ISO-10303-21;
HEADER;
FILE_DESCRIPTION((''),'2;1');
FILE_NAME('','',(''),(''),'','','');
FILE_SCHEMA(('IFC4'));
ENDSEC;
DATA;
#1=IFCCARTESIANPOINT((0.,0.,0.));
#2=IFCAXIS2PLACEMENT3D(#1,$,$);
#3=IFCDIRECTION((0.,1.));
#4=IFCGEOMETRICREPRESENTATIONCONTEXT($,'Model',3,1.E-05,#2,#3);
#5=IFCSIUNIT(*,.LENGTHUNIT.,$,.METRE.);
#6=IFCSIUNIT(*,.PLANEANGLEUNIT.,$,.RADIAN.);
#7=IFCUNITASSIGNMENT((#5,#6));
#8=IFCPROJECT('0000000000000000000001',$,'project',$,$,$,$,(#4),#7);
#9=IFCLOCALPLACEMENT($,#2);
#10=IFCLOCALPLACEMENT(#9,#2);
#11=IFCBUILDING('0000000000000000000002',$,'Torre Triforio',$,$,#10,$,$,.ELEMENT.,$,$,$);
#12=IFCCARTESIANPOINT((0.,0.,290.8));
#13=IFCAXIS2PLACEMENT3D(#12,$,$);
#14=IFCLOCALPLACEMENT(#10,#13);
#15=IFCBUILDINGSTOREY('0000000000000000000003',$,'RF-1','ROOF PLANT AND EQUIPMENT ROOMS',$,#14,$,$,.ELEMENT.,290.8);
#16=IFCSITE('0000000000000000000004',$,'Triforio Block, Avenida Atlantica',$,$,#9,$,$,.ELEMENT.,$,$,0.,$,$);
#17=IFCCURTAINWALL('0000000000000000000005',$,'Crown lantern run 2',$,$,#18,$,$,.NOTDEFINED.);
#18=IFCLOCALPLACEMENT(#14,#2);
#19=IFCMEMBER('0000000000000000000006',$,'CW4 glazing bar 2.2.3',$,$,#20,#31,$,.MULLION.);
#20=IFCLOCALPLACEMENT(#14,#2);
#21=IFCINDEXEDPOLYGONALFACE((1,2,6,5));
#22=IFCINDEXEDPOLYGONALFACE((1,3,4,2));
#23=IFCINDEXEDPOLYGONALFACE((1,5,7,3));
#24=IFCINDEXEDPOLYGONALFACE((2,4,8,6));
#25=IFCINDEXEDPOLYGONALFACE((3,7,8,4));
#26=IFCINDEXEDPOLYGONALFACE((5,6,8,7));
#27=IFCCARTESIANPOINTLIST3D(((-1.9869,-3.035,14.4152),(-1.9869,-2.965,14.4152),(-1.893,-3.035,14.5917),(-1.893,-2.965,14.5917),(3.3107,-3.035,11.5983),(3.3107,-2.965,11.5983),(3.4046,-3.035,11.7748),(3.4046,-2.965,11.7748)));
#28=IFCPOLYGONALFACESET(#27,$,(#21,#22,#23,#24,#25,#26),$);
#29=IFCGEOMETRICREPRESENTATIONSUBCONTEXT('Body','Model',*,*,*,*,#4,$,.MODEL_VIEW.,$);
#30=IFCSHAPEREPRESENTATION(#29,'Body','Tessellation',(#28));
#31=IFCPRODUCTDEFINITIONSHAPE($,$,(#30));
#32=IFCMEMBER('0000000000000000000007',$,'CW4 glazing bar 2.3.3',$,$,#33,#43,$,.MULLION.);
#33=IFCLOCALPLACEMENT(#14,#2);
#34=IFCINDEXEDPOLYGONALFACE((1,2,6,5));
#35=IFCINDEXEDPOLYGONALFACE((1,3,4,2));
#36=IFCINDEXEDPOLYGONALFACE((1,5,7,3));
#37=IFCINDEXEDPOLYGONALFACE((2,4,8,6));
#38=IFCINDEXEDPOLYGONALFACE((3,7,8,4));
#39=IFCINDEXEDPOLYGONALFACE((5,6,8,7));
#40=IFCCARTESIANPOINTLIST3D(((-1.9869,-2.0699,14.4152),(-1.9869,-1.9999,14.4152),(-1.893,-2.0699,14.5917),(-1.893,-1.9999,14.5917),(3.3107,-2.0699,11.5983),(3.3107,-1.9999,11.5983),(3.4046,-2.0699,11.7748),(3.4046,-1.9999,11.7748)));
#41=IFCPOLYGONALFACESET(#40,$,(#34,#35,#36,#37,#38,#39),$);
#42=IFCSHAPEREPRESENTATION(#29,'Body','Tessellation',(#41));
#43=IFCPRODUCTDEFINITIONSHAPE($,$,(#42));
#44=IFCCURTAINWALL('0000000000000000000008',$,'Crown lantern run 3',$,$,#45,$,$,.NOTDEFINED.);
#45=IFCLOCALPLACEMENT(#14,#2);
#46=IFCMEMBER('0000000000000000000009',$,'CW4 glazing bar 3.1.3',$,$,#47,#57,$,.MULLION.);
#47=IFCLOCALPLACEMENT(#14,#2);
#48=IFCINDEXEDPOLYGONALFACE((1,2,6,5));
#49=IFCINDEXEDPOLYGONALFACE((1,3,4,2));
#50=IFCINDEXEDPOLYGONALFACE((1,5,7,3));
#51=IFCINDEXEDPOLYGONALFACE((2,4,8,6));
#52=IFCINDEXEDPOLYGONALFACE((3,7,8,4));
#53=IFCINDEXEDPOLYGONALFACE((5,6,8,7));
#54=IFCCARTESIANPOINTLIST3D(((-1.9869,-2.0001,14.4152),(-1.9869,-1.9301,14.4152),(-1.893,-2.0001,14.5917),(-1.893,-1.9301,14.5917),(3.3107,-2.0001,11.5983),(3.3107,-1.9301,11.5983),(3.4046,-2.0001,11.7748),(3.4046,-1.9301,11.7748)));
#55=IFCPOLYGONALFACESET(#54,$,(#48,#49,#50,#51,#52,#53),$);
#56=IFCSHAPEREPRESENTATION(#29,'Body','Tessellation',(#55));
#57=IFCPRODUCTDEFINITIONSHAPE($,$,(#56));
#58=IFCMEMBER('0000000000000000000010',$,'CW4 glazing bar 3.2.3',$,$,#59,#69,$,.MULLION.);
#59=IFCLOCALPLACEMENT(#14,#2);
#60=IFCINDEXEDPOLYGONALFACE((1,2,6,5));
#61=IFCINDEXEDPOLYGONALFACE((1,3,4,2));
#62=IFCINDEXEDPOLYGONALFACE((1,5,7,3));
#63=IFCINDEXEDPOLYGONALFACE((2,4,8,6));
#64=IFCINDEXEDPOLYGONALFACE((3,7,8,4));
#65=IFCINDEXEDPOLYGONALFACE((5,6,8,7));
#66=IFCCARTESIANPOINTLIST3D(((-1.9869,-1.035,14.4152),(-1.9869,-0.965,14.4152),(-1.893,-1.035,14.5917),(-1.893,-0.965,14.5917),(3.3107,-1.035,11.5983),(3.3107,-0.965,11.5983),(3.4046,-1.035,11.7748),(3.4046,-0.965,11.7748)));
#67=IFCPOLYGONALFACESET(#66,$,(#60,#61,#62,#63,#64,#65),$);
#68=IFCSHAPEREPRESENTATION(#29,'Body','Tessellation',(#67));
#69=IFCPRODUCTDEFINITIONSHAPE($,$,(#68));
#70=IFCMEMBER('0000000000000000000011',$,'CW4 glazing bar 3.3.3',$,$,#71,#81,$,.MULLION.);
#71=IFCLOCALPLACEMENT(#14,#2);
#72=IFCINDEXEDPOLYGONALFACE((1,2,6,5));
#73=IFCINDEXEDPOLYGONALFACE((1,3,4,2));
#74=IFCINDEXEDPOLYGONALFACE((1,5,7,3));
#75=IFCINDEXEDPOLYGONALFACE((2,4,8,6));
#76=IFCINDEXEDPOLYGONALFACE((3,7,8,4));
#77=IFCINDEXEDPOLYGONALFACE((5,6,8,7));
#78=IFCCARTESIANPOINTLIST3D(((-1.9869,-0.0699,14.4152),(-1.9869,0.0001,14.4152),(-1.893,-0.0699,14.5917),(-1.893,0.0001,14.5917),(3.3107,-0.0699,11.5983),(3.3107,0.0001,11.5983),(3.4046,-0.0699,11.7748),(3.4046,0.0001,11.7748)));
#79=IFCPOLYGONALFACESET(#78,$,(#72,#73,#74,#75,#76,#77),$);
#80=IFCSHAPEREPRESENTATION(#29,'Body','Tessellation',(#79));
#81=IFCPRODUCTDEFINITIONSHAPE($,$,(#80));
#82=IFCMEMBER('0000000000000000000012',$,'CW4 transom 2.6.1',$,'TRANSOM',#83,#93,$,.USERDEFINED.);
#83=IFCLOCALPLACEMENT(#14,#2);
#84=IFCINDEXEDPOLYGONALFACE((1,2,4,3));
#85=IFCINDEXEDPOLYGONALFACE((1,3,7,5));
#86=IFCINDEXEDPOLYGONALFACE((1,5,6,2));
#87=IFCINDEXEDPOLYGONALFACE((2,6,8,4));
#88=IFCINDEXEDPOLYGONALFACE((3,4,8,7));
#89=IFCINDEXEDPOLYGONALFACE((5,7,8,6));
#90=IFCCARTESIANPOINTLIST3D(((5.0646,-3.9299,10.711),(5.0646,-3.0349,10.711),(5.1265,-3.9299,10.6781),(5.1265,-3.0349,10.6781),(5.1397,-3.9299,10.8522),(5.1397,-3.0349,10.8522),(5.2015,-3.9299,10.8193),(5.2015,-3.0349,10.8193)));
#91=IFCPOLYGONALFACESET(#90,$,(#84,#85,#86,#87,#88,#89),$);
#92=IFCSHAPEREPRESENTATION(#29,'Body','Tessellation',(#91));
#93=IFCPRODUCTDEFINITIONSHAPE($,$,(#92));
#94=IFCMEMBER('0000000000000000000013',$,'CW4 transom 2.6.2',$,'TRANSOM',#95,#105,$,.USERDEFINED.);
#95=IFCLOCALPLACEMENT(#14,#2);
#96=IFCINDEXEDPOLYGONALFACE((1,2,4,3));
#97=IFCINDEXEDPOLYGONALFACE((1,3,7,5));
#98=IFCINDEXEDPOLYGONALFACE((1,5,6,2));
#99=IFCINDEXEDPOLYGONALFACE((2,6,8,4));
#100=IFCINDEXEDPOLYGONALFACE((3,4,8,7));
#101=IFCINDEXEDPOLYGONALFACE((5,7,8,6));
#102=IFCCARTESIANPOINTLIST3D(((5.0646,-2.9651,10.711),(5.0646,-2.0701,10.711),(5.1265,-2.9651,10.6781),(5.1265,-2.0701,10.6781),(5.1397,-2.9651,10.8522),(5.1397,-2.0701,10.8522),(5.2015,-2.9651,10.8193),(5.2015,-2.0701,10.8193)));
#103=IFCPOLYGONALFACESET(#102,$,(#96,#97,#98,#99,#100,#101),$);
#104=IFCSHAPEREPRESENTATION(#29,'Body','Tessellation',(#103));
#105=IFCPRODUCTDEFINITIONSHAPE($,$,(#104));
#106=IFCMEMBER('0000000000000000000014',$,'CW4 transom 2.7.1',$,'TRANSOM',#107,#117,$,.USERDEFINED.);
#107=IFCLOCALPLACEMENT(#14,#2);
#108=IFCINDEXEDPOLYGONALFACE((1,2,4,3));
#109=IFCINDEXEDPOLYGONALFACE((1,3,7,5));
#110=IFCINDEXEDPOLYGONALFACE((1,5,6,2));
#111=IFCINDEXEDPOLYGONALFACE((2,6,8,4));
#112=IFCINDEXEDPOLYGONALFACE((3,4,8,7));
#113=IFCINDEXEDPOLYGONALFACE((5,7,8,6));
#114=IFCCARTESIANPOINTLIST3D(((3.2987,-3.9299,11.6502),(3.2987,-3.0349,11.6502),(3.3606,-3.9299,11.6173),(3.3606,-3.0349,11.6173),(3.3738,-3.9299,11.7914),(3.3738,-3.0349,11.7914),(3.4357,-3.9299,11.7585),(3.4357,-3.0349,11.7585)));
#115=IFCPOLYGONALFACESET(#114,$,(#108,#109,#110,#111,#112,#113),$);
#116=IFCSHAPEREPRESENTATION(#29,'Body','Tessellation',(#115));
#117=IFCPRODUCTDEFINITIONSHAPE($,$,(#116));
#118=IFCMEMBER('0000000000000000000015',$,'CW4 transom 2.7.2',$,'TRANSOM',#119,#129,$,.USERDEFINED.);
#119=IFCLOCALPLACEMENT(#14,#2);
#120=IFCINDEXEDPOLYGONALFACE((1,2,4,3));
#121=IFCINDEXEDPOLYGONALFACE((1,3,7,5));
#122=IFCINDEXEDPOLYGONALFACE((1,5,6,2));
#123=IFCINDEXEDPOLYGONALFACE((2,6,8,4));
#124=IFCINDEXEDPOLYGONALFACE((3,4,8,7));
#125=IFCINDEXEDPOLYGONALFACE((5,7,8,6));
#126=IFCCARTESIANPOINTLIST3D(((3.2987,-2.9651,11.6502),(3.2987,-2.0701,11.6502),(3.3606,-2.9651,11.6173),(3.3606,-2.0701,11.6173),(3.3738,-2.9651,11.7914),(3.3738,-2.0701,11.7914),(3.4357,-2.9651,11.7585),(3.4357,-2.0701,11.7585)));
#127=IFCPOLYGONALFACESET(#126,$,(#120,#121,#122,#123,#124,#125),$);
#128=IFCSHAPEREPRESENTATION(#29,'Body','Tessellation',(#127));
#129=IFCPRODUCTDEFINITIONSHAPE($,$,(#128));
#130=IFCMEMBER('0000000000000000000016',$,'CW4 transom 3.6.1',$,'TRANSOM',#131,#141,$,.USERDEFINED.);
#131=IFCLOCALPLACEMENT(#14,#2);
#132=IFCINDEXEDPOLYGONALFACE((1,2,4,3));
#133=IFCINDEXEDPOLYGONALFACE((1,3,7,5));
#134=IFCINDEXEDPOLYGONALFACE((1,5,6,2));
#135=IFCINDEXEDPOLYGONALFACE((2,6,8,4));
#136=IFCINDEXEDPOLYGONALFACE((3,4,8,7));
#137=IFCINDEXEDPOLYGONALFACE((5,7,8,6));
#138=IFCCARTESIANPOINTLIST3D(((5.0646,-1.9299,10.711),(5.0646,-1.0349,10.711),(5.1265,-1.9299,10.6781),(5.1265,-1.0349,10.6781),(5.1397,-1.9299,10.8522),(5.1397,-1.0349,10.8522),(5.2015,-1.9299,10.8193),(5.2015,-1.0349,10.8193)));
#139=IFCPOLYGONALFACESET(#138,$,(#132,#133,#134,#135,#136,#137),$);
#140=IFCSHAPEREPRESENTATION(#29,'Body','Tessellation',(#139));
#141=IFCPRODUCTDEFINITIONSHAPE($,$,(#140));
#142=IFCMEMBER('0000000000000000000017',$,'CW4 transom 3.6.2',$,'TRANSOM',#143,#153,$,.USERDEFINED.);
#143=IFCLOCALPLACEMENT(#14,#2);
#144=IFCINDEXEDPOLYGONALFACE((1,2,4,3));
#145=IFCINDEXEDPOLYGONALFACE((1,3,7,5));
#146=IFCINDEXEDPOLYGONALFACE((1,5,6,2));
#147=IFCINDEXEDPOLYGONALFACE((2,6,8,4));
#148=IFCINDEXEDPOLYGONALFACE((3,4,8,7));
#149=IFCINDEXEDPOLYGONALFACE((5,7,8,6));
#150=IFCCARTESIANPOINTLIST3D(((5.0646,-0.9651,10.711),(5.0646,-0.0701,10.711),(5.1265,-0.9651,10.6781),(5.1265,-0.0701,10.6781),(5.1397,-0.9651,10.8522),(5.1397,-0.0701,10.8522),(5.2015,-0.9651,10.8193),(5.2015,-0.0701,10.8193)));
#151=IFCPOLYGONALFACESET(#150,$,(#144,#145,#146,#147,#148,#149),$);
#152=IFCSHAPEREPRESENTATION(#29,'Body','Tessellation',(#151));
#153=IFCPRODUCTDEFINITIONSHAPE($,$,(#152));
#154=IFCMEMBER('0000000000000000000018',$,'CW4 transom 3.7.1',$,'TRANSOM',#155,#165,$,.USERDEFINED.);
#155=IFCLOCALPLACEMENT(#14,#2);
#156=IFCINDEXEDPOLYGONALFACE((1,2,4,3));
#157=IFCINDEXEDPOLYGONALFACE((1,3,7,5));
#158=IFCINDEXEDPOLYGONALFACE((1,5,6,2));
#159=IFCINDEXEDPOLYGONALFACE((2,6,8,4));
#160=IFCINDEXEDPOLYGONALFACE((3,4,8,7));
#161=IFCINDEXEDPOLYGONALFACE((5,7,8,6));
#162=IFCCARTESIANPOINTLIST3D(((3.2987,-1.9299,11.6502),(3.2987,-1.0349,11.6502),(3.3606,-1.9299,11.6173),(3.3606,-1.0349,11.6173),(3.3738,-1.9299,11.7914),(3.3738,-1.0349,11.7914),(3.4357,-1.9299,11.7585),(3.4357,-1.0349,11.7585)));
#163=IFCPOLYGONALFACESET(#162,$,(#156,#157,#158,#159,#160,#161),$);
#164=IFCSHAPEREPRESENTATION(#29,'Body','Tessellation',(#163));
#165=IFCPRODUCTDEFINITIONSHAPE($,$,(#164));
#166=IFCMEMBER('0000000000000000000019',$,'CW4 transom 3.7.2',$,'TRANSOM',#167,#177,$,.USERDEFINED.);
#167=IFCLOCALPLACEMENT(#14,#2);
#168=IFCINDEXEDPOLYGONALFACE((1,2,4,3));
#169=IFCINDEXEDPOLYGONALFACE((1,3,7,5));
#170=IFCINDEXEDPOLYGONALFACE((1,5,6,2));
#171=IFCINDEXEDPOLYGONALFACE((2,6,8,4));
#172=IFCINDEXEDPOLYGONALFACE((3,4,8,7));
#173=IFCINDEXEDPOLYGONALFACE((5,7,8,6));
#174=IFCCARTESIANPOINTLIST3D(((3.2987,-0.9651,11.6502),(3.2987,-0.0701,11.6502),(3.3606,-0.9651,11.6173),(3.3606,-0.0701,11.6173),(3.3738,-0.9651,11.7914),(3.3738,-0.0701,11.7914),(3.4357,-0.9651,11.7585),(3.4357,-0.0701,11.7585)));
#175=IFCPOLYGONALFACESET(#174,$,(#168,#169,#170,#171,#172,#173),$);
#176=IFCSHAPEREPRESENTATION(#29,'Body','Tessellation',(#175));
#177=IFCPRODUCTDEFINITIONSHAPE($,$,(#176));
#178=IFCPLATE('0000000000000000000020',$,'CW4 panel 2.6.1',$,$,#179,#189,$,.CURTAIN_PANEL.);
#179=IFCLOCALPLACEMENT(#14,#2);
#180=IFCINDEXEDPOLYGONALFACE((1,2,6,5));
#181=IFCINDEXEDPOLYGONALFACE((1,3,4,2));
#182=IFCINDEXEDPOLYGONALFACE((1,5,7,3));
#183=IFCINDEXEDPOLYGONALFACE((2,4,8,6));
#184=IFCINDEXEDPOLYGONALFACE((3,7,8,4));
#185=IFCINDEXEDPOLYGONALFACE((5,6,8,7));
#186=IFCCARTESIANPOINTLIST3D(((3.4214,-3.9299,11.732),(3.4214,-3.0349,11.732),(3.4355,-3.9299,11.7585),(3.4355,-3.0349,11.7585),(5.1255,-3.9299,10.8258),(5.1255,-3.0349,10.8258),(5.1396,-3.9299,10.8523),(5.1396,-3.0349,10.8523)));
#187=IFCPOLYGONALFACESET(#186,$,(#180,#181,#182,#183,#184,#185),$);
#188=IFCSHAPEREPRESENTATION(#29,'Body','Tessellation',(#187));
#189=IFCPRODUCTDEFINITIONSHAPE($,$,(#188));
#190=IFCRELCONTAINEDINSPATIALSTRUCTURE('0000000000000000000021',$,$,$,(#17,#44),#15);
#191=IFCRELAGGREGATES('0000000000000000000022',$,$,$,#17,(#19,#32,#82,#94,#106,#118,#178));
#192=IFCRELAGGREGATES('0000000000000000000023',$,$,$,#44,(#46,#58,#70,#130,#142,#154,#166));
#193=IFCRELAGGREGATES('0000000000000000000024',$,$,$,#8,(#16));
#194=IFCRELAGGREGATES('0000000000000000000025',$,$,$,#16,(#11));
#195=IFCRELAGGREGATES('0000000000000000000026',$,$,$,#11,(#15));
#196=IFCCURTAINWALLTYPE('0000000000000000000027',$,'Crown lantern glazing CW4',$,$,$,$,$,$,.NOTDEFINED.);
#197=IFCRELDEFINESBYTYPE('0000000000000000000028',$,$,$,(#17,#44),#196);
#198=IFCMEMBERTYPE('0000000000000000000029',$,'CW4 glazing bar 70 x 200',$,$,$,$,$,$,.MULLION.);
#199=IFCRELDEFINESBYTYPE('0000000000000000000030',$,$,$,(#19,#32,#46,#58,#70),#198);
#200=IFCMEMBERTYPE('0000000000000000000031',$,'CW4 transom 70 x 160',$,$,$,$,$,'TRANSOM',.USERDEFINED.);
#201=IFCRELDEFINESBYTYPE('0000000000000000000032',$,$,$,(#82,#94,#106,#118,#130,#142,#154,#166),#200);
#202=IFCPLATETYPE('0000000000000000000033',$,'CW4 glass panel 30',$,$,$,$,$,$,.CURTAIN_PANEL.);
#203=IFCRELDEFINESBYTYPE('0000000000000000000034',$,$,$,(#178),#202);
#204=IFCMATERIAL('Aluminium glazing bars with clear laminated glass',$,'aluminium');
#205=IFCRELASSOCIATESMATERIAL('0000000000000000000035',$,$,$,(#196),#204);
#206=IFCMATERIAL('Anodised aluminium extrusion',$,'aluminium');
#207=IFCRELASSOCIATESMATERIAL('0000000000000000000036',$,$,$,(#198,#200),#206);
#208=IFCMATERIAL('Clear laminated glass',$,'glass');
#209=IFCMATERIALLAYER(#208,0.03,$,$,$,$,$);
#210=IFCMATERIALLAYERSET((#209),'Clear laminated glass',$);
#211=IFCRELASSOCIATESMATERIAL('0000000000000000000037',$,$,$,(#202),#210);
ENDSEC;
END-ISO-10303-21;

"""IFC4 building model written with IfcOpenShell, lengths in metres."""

from ifc_helpers import new_model, si_unit, direction, frame, origin, origin_2d, place, context, subcontext, project, spatial, polyline, rectangle, outline, extrude, material, layer, layer_set, material_profile, profile_set, type_object, element, aggregate, save


model = new_model("IFC4")

# Units and contexts
model_context = context("Model", 3, precision=1e-05, world=origin(), true_north=direction((0.0, 1.0)))
body_context = subcontext(model_context, "Body", "Model", "MODEL_VIEW")
ifc_project = project(units=[si_unit("LENGTHUNIT", "METRE"), si_unit("PLANEANGLEUNIT", "RADIAN")], contexts=[model_context])

# Site, building, storey
site_placement = place(None, origin())
site = spatial("IfcSite", under=ifc_project, at=site_placement, Name="Triforio Block, Avenida Atlantica", CompositionType="ELEMENT", RefElevation=0.0)
building_placement = place(site_placement, origin())
building = spatial("IfcBuilding", under=site, at=building_placement, Name="Torre Triforio", CompositionType="ELEMENT")
storey_placement = place(building_placement, frame((0.0, 0.0, 290.8)))
storey = spatial("IfcBuildingStorey", under=building, at=storey_placement, Name="RF-1", Description="ROOF PLANT AND EQUIPMENT ROOMS", CompositionType="ELEMENT", Elevation=290.8)

# Curtain walls, members
ifc_material_1 = material(Name="Aluminium glazing bars with clear laminated glass", Category="aluminium")
curtain_wall_type = type_object("IfcCurtainWallType", Name="Crown lantern glazing CW4", PredefinedType="NOTDEFINED", material=ifc_material_1)
curtain_wall_1_placement = place(storey_placement, origin())
curtain_wall_1 = element("IfcCurtainWall", 1, at=curtain_wall_1_placement, inside=storey, type_object=curtain_wall_type, Name="Crown lantern run 2", PredefinedType="NOTDEFINED")
ifc_material_2 = material(Name="Anodised aluminium extrusion", Category="aluminium")
ifc_material_profile_1 = material_profile(ifc_material_2, rectangle(XDim=0.0701, YDim=0.2, at=origin_2d()), Name="CW4 MULLION 70x200")
ifc_profile_set_1 = profile_set([ifc_material_profile_1], Name="Anodised aluminium extrusion")
member_type_1 = type_object("IfcMemberType", Name="CW4 glazing bar 70 x 200", PredefinedType="MULLION", material=ifc_profile_set_1)
member_1_placement = place(storey_placement, frame((3.3577, -3.0, 11.6865), z_axis=(-0.88294, 0.0, 0.469485), x_axis=(0.0, -1.0, 0.0)))
member_1 = element("IfcMember", 2, at=member_1_placement, type_object=member_type_1, Name="CW4 glazing bar 2.2.3", PredefinedType="MULLION", context=body_context, shape_type="SweptSolid", body=[
    extrude(rectangle(XDim=0.0701, YDim=0.2, at=origin_2d()), origin(), (0.0, 0.0, 1.0), 6.0),
])
member_2_placement = place(storey_placement, frame((3.3577, -2.0349, 11.6865), z_axis=(-0.88294, 0.0, 0.469485), x_axis=(0.0, -1.0, 0.0)))
member_2 = element("IfcMember", 3, at=member_2_placement, type_object=member_type_1, Name="CW4 glazing bar 2.3.3", PredefinedType="MULLION", context=body_context, shape_type="SweptSolid", body=[
    extrude(rectangle(XDim=0.0701, YDim=0.2, at=origin_2d()), origin(), (0.0, 0.0, 1.0), 6.0),
])
curtain_wall_2_placement = place(storey_placement, origin())
curtain_wall_2 = element("IfcCurtainWall", 4, at=curtain_wall_2_placement, inside=storey, type_object=curtain_wall_type, Name="Crown lantern run 3", PredefinedType="NOTDEFINED")
member_3_placement = place(storey_placement, frame((3.3577, -1.9651, 11.6865), z_axis=(-0.88294, 0.0, 0.469485), x_axis=(0.0, -1.0, 0.0)))
member_3 = element("IfcMember", 5, at=member_3_placement, type_object=member_type_1, Name="CW4 glazing bar 3.1.3", PredefinedType="MULLION", context=body_context, shape_type="SweptSolid", body=[
    extrude(rectangle(XDim=0.0701, YDim=0.2, at=origin_2d()), origin(), (0.0, 0.0, 1.0), 6.0),
])
member_4_placement = place(storey_placement, frame((3.3577, -1.0, 11.6865), z_axis=(-0.88294, 0.0, 0.469485), x_axis=(0.0, -1.0, 0.0)))
member_4 = element("IfcMember", 6, at=member_4_placement, type_object=member_type_1, Name="CW4 glazing bar 3.2.3", PredefinedType="MULLION", context=body_context, shape_type="SweptSolid", body=[
    extrude(rectangle(XDim=0.0701, YDim=0.2, at=origin_2d()), origin(), (0.0, 0.0, 1.0), 6.0),
])
member_5_placement = place(storey_placement, frame((3.3577, -0.0349, 11.6865), z_axis=(-0.88294, 0.0, 0.469485), x_axis=(0.0, -1.0, 0.0)))
member_5 = element("IfcMember", 7, at=member_5_placement, type_object=member_type_1, Name="CW4 glazing bar 3.3.3", PredefinedType="MULLION", context=body_context, shape_type="SweptSolid", body=[
    extrude(rectangle(XDim=0.0701, YDim=0.2, at=origin_2d()), origin(), (0.0, 0.0, 1.0), 6.0),
])

# Members
ifc_material_profile_2 = material_profile(ifc_material_2, rectangle(XDim=0.0701, YDim=0.1599, at=origin_2d()), Name="CW4 TRANSOM 70x160")
ifc_profile_set_2 = profile_set([ifc_material_profile_2], Name="Anodised aluminium extrusion")
member_type_2 = type_object("IfcMemberType", Name="CW4 transom 70 x 160", ElementType="TRANSOM", PredefinedType="USERDEFINED", material=ifc_profile_set_2)
member_6_placement = place(storey_placement, frame((5.1331, -3.9299, 10.7651), z_axis=(0.0, 1.0, 0.0), x_axis=(-0.882948, 0.0, 0.469472)))
member_6 = element("IfcMember", 8, at=member_6_placement, type_object=member_type_2, Name="CW4 transom 2.6.1", ObjectType="TRANSOM", PredefinedType="USERDEFINED", context=body_context, shape_type="SweptSolid", body=[
    extrude(rectangle(XDim=0.0701, YDim=0.1599, at=origin_2d()), origin(), (0.0, 0.0, 1.0), 0.895),
])
member_7_placement = place(storey_placement, frame((5.1331, -2.9651, 10.7651), z_axis=(0.0, 1.0, 0.0), x_axis=(-0.882948, 0.0, 0.469472)))
member_7 = element("IfcMember", 9, at=member_7_placement, type_object=member_type_2, Name="CW4 transom 2.6.2", ObjectType="TRANSOM", PredefinedType="USERDEFINED", context=body_context, shape_type="SweptSolid", body=[
    extrude(rectangle(XDim=0.0701, YDim=0.1599, at=origin_2d()), origin(), (0.0, 0.0, 1.0), 0.895),
])
member_8_placement = place(storey_placement, frame((3.3672, -3.9299, 11.7043), z_axis=(0.0, 1.0, 0.0), x_axis=(-0.882948, 0.0, 0.469472)))
member_8 = element("IfcMember", 10, at=member_8_placement, type_object=member_type_2, Name="CW4 transom 2.7.1", ObjectType="TRANSOM", PredefinedType="USERDEFINED", context=body_context, shape_type="SweptSolid", body=[
    extrude(rectangle(XDim=0.0701, YDim=0.1599, at=origin_2d()), origin(), (0.0, 0.0, 1.0), 0.895),
])
member_9_placement = place(storey_placement, frame((3.3672, -2.9651, 11.7043), z_axis=(0.0, 1.0, 0.0), x_axis=(-0.882948, 0.0, 0.469472)))
member_9 = element("IfcMember", 11, at=member_9_placement, type_object=member_type_2, Name="CW4 transom 2.7.2", ObjectType="TRANSOM", PredefinedType="USERDEFINED", context=body_context, shape_type="SweptSolid", body=[
    extrude(rectangle(XDim=0.0701, YDim=0.1599, at=origin_2d()), origin(), (0.0, 0.0, 1.0), 0.895),
])
member_10_placement = place(storey_placement, frame((5.1331, -1.9299, 10.7651), z_axis=(0.0, 1.0, 0.0), x_axis=(-0.882948, 0.0, 0.469472)))
member_10 = element("IfcMember", 12, at=member_10_placement, type_object=member_type_2, Name="CW4 transom 3.6.1", ObjectType="TRANSOM", PredefinedType="USERDEFINED", context=body_context, shape_type="SweptSolid", body=[
    extrude(rectangle(XDim=0.0701, YDim=0.1599, at=origin_2d()), origin(), (0.0, 0.0, 1.0), 0.895),
])
member_11_placement = place(storey_placement, frame((5.1331, -0.9651, 10.7651), z_axis=(0.0, 1.0, 0.0), x_axis=(-0.882948, 0.0, 0.469472)))
member_11 = element("IfcMember", 13, at=member_11_placement, type_object=member_type_2, Name="CW4 transom 3.6.2", ObjectType="TRANSOM", PredefinedType="USERDEFINED", context=body_context, shape_type="SweptSolid", body=[
    extrude(rectangle(XDim=0.0701, YDim=0.1599, at=origin_2d()), origin(), (0.0, 0.0, 1.0), 0.895),
])
member_12_placement = place(storey_placement, frame((3.3672, -1.9299, 11.7043), z_axis=(0.0, 1.0, 0.0), x_axis=(-0.882948, 0.0, 0.469472)))
member_12 = element("IfcMember", 14, at=member_12_placement, type_object=member_type_2, Name="CW4 transom 3.7.1", ObjectType="TRANSOM", PredefinedType="USERDEFINED", context=body_context, shape_type="SweptSolid", body=[
    extrude(rectangle(XDim=0.0701, YDim=0.1599, at=origin_2d()), origin(), (0.0, 0.0, 1.0), 0.895),
])
member_13_placement = place(storey_placement, frame((3.3672, -0.9651, 11.7043), z_axis=(0.0, 1.0, 0.0), x_axis=(-0.882948, 0.0, 0.469472)))
member_13 = element("IfcMember", 15, at=member_13_placement, type_object=member_type_2, Name="CW4 transom 3.7.2", ObjectType="TRANSOM", PredefinedType="USERDEFINED", context=body_context, shape_type="SweptSolid", body=[
    extrude(rectangle(XDim=0.0701, YDim=0.1599, at=origin_2d()), origin(), (0.0, 0.0, 1.0), 0.895),
])

# Plate
ifc_material_3 = material(Name="Clear laminated glass", Category="glass")
ifc_layer_1 = layer(ifc_material_3, 0.03)
ifc_layer_set_1 = layer_set([ifc_layer_1], Name="Clear laminated glass")
plate_type = type_object("IfcPlateType", Name="CW4 glass panel 30", PredefinedType="CURTAIN_PANEL", material=ifc_layer_set_1)
plate_1_placement = place(storey_placement, frame((5.1396, -3.9299, 10.8523), z_axis=(0.469537, 0.0, 0.882913), x_axis=(0.0, 1.0, 0.0)))
plate_1 = element("IfcPlate", 16, at=plate_1_placement, type_object=plate_type, Name="CW4 panel 2.6.1", PredefinedType="CURTAIN_PANEL", context=body_context, shape_type="SweptSolid", body=[
    extrude(outline(polyline([(0.0, 0.0), (0.895, 0.0), (0.895, 1.9301), (0.0, 1.9301), (0.0, 0.0)])), origin(), (0.0, 0.0, -1.0), 0.03),
])
aggregate(curtain_wall_1, [member_1, member_2, member_6, member_7, member_8, member_9, plate_1])
aggregate(curtain_wall_2, [member_3, member_4, member_5, member_10, member_11, member_12, member_13])

save(model, "model.ifc")
